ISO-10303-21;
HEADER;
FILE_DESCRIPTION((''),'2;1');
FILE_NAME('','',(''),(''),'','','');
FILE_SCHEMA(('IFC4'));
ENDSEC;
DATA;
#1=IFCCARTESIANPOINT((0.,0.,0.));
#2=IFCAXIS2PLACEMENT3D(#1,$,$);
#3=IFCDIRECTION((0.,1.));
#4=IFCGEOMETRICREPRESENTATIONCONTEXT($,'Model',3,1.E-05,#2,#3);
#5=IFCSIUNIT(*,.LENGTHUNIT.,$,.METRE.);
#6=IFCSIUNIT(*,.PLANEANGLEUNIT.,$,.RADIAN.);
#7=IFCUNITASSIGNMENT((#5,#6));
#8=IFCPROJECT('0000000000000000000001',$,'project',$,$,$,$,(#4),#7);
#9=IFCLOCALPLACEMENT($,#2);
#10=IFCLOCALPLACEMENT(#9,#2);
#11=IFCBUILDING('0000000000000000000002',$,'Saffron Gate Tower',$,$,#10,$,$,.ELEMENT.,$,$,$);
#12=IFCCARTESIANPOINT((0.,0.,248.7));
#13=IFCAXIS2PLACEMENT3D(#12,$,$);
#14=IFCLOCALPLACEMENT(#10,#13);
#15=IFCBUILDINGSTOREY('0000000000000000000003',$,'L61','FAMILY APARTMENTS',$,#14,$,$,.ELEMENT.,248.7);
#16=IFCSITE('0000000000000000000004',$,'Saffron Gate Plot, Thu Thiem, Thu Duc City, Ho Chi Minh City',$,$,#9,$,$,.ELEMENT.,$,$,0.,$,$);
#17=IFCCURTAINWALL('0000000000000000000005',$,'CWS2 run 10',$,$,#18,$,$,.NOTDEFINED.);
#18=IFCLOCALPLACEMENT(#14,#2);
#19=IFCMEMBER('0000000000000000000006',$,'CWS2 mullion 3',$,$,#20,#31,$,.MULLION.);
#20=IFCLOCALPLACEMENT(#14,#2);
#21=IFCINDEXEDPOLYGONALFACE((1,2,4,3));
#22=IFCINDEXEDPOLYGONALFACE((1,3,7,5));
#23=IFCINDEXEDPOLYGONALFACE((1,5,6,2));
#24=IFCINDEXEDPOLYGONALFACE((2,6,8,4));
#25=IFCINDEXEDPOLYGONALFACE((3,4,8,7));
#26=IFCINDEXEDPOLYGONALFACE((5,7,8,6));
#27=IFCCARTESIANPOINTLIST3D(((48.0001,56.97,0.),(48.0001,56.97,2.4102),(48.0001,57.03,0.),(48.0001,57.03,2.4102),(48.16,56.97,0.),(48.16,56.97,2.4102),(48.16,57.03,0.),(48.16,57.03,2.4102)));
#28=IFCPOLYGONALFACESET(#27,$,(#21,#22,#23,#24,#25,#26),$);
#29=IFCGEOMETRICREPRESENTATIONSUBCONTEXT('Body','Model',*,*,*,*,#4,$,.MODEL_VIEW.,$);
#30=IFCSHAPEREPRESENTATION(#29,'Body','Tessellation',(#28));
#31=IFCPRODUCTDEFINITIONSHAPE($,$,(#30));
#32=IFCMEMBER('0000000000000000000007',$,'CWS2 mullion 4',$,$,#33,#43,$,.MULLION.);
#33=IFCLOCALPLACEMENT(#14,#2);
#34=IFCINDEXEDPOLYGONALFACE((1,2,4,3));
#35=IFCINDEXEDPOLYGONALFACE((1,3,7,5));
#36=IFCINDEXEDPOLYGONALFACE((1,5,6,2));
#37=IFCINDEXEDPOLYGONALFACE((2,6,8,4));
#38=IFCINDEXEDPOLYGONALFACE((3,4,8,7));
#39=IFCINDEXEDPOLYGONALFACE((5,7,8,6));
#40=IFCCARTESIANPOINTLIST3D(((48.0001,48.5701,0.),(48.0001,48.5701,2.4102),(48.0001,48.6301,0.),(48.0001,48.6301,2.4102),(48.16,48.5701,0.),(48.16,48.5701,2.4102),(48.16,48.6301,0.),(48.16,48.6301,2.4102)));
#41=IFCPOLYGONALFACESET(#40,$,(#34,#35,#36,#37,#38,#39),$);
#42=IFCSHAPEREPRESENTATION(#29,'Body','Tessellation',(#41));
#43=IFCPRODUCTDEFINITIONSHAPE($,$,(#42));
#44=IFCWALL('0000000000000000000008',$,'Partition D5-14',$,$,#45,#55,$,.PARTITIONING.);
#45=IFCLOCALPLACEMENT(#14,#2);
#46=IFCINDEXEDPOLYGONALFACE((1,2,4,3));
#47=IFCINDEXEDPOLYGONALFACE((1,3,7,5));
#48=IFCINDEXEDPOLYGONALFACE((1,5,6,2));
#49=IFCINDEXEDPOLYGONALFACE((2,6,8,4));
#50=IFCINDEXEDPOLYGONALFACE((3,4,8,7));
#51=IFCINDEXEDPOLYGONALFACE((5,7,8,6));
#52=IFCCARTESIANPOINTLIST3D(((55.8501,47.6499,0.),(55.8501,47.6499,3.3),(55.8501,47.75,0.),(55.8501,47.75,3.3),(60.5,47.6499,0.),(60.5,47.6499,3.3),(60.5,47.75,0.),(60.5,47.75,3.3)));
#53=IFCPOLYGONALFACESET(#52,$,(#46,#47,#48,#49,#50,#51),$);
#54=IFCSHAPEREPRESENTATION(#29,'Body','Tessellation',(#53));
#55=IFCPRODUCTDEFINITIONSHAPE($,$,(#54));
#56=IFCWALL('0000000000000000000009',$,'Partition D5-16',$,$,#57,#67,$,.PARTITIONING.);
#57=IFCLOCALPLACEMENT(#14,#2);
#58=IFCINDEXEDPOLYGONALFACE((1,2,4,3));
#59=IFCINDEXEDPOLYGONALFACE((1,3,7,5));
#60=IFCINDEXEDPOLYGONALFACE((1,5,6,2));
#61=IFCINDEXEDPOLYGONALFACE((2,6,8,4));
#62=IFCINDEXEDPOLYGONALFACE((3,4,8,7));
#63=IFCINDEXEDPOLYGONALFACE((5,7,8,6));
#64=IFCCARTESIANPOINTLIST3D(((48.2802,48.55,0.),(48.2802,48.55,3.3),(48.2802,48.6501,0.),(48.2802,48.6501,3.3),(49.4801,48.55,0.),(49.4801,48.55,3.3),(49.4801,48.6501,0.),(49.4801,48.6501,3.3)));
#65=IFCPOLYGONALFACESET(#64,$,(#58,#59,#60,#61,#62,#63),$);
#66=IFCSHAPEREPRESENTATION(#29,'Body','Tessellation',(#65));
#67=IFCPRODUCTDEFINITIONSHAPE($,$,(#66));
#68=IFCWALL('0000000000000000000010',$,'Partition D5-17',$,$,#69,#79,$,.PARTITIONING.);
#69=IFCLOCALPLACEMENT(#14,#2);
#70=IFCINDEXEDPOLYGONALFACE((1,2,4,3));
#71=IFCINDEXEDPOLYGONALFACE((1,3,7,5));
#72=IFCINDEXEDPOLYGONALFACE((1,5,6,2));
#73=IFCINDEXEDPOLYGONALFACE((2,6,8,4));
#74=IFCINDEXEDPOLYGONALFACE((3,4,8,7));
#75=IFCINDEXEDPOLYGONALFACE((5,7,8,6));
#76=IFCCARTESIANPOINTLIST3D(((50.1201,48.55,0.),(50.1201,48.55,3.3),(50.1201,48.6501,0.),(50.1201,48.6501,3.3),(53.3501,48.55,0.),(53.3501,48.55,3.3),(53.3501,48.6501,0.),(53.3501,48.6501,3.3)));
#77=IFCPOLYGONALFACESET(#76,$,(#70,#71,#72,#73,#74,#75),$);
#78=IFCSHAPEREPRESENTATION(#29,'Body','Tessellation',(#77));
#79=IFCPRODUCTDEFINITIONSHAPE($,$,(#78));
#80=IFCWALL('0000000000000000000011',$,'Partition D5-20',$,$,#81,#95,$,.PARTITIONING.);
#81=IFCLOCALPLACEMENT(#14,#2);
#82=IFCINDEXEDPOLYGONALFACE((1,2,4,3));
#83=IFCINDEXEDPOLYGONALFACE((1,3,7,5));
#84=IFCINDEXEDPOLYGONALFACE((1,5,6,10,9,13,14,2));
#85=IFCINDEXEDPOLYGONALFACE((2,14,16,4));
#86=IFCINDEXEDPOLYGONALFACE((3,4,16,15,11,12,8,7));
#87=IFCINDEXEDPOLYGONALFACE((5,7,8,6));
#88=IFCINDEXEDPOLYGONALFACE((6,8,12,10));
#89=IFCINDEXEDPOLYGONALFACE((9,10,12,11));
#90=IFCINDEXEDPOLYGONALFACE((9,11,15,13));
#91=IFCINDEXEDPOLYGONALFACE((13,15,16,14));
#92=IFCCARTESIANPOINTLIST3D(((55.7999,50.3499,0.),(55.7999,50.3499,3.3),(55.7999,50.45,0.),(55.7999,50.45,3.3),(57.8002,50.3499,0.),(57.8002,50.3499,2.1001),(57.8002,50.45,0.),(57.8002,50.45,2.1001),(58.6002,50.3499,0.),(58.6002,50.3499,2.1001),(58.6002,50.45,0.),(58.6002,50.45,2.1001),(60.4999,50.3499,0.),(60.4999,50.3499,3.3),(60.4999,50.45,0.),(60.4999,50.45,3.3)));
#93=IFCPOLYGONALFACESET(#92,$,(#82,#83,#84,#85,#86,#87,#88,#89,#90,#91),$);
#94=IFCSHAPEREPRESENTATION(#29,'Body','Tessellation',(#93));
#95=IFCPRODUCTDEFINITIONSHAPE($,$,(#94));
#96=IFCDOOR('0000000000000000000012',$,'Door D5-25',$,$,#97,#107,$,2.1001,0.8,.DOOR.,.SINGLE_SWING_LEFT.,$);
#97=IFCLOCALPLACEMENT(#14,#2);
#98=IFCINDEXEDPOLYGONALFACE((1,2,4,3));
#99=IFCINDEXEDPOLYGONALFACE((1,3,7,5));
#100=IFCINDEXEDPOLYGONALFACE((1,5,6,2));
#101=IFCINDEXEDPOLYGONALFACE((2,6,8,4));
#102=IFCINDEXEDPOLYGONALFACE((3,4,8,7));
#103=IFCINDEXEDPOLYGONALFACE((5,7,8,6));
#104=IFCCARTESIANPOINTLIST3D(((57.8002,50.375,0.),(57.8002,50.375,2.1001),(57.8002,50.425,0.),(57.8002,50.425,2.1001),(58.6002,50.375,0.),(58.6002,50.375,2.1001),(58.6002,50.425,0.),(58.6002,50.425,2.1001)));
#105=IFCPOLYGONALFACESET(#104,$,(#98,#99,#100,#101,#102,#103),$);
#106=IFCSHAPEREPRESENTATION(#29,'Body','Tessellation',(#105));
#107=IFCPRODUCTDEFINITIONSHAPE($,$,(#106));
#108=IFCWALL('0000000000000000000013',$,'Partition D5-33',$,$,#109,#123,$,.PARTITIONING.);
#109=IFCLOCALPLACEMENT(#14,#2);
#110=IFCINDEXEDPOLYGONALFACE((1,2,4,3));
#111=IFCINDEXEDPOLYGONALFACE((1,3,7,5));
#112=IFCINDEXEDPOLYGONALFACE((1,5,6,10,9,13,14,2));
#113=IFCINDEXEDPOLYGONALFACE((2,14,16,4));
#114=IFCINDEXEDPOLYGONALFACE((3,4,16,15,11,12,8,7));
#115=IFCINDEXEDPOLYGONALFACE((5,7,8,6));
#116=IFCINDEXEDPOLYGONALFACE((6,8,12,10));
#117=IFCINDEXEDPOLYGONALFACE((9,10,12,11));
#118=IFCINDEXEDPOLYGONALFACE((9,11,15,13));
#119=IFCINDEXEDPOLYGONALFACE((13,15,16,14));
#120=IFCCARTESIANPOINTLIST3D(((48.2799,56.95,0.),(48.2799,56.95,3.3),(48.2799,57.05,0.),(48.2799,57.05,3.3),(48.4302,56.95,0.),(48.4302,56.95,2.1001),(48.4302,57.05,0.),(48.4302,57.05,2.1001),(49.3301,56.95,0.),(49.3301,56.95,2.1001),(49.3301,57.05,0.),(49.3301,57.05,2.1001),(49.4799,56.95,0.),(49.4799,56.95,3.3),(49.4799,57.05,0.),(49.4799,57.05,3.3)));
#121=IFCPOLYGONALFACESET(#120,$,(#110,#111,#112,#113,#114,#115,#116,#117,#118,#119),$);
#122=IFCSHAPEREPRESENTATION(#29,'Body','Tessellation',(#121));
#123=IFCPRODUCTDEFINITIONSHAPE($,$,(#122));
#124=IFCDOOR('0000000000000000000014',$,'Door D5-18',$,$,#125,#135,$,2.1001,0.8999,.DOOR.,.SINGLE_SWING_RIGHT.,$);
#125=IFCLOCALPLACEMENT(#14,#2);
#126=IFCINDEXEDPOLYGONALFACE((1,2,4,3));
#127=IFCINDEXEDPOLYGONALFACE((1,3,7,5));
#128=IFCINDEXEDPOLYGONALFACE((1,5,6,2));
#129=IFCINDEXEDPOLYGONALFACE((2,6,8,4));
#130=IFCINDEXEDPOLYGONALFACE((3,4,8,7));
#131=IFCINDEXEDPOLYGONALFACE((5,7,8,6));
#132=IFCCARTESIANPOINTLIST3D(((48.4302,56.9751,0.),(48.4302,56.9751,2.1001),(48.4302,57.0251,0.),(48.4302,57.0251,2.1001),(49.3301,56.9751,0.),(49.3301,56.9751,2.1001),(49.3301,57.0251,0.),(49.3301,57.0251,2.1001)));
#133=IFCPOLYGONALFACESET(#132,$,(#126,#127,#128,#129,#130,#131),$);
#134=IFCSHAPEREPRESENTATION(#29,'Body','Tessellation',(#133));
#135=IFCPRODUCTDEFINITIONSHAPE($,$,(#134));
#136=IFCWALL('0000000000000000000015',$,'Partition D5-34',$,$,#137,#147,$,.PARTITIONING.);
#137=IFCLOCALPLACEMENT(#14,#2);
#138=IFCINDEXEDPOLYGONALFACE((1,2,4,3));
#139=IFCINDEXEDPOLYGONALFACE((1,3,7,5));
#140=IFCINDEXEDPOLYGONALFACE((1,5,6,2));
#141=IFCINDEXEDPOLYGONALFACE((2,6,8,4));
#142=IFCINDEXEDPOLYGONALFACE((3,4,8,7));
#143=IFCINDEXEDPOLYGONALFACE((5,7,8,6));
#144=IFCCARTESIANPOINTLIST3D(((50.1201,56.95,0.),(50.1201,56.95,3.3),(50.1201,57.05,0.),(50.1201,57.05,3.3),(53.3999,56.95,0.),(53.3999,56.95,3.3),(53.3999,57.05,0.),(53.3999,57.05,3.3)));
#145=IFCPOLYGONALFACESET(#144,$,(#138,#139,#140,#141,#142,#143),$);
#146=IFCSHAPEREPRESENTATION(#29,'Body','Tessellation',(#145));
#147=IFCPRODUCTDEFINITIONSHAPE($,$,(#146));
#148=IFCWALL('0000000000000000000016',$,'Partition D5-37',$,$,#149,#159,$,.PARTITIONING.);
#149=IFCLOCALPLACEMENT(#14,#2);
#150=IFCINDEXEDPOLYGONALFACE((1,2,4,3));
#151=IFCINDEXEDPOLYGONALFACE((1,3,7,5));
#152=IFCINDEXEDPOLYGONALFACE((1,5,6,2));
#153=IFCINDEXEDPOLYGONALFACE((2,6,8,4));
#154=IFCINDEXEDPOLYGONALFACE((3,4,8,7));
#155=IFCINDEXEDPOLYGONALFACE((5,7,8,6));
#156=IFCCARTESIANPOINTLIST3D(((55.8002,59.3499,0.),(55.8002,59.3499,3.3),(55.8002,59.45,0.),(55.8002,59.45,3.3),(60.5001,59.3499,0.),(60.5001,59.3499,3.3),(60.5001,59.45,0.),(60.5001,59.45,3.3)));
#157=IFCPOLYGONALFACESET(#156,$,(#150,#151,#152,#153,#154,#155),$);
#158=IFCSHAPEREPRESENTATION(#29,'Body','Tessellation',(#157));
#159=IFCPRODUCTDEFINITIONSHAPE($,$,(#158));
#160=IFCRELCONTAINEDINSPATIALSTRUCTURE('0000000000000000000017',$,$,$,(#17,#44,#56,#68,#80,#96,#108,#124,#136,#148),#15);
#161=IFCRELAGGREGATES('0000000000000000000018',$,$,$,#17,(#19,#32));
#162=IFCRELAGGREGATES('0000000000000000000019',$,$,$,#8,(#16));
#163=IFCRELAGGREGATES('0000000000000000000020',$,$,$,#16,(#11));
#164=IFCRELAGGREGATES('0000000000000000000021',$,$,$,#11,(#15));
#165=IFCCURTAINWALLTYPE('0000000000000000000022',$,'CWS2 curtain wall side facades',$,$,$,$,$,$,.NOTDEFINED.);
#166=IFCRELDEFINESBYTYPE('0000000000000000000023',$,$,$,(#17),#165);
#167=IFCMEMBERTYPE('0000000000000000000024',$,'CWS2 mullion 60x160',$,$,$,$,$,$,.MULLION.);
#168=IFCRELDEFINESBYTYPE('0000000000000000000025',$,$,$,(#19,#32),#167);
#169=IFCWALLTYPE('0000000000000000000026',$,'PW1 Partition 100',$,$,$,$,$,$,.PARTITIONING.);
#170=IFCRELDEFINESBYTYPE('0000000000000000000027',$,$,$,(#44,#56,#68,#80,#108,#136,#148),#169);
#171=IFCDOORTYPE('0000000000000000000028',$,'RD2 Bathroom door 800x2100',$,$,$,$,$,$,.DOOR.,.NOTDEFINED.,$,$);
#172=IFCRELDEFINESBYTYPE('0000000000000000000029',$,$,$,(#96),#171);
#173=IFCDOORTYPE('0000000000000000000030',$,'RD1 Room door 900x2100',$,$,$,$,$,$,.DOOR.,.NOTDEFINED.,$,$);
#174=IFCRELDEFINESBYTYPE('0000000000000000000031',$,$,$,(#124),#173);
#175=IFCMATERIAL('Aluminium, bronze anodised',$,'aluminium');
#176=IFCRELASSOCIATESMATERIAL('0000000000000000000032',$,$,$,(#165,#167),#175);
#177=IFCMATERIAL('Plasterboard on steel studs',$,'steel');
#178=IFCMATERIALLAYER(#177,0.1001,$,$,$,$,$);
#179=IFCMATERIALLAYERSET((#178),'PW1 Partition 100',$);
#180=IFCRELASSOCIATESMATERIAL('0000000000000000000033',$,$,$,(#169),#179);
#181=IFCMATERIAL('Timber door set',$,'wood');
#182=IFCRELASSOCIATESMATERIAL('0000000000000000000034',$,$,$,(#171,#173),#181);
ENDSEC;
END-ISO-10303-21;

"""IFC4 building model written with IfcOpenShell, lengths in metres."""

from ifc_helpers import new_model, si_unit, direction, frame, frame_2d, origin, origin_2d, place, context, subcontext, project, spatial, rectangle, extrude, material, layer, layer_set, material_profile, profile_set, type_object, element, fill, aggregate, save


model = new_model("IFC4")

# Units and contexts
model_context = context("Model", 3, precision=1e-05, world=origin(), true_north=direction((0.0, 1.0)))
body_context = subcontext(model_context, "Body", "Model", "MODEL_VIEW")
ifc_project = project(units=[si_unit("LENGTHUNIT", "METRE"), si_unit("PLANEANGLEUNIT", "RADIAN")], contexts=[model_context])

# Site, building, storey
site_placement = place(None, origin())
site = spatial("IfcSite", under=ifc_project, at=site_placement, Name="Saffron Gate Plot, Thu Thiem, Thu Duc City, Ho Chi Minh City", CompositionType="ELEMENT", RefElevation=0.0)
building_placement = place(site_placement, origin())
building = spatial("IfcBuilding", under=site, at=building_placement, Name="Saffron Gate Tower", CompositionType="ELEMENT")
storey_placement = place(building_placement, frame((0.0, 0.0, 248.7)))
storey = spatial("IfcBuildingStorey", under=building, at=storey_placement, Name="L61", Description="FAMILY APARTMENTS", CompositionType="ELEMENT", Elevation=248.7)

# Curtain wall, members
ifc_material_1 = material(Name="Aluminium, bronze anodised", Category="aluminium")
curtain_wall_type = type_object("IfcCurtainWallType", Name="CWS2 curtain wall side facades", PredefinedType="NOTDEFINED", material=ifc_material_1)
curtain_wall_placement = place(storey_placement, origin())
curtain_wall = element("IfcCurtainWall", 1, at=curtain_wall_placement, inside=storey, type_object=curtain_wall_type, Name="CWS2 run 10", PredefinedType="NOTDEFINED")
ifc_material_profile_1 = material_profile(ifc_material_1, rectangle(XDim=0.1599, YDim=0.0601, at=origin_2d()))
ifc_profile_set_1 = profile_set([ifc_material_profile_1], Name="Aluminium, bronze anodised")
member_type = type_object("IfcMemberType", Name="CWS2 mullion 60x160", PredefinedType="MULLION", material=ifc_profile_set_1)
member_1_placement = place(storey_placement, frame((48.0801, 57.0, 0.0), z_axis=(0.0, 0.0, 1.0), x_axis=(1.0, 0.0, 0.0)))
member_1 = element("IfcMember", 2, at=member_1_placement, type_object=member_type, Name="CWS2 mullion 3", PredefinedType="MULLION", context=body_context, shape_type="SweptSolid", body=[
    extrude(rectangle(XDim=0.1599, YDim=0.0601, at=origin_2d()), origin(), (0.0, 0.0, 1.0), 2.4102),
])
member_2_placement = place(storey_placement, frame((48.0801, 48.6001, 0.0), z_axis=(0.0, 0.0, 1.0), x_axis=(1.0, 0.0, 0.0)))
member_2 = element("IfcMember", 3, at=member_2_placement, type_object=member_type, Name="CWS2 mullion 4", PredefinedType="MULLION", context=body_context, shape_type="SweptSolid", body=[
    extrude(rectangle(XDim=0.1599, YDim=0.0601, at=origin_2d()), origin(), (0.0, 0.0, 1.0), 2.4102),
])
aggregate(curtain_wall, [member_1, member_2])

# Walls
ifc_material_2 = material(Name="Plasterboard on steel studs", Category="steel")
ifc_layer_1 = layer(ifc_material_2, 0.1001)
ifc_layer_set_1 = layer_set([ifc_layer_1], Name="PW1 Partition 100")
wall_type_1 = type_object("IfcWallType", Name="PW1 Partition 100", PredefinedType="PARTITIONING", material=ifc_layer_set_1)
wall_1_placement = place(storey_placement, frame((55.8501, 47.7, 0.0), z_axis=(0.0, 0.0, 1.0), x_axis=(1.0, 0.0, 0.0)))
element("IfcWall", 4, at=wall_1_placement, inside=storey, type_object=wall_type_1, Name="Partition D5-14", PredefinedType="PARTITIONING", context=body_context, shape_type="SweptSolid", body=[
    extrude(rectangle(XDim=4.6499, YDim=0.1001, at=frame_2d((2.325, 0.0))), origin(), (0.0, 0.0, 1.0), 3.3),
])
wall_2_placement = place(storey_placement, frame((48.28, 48.6001, 0.0), z_axis=(0.0, 0.0, 1.0), x_axis=(1.0, 0.0, 0.0)))
element("IfcWall", 5, at=wall_2_placement, inside=storey, type_object=wall_type_1, Name="Partition D5-16", PredefinedType="PARTITIONING", context=body_context, shape_type="SweptSolid", body=[
    extrude(rectangle(XDim=1.2, YDim=0.1001, at=frame_2d((0.6001, 0.0))), origin(), (0.0, 0.0, 1.0), 3.3),
])
wall_3_placement = place(storey_placement, frame((50.1201, 48.6001, 0.0), z_axis=(0.0, 0.0, 1.0), x_axis=(1.0, 0.0, 0.0)))
element("IfcWall", 6, at=wall_3_placement, inside=storey, type_object=wall_type_1, Name="Partition D5-17", PredefinedType="PARTITIONING", context=body_context, shape_type="SweptSolid", body=[
    extrude(rectangle(XDim=3.23, YDim=0.1001, at=frame_2d((1.615, 0.0))), origin(), (0.0, 0.0, 1.0), 3.3),
])

# Walls, openings, doors
wall_4_placement = place(storey_placement, frame((60.5, 50.3999, 0.0), z_axis=(0.0, 0.0, 1.0), x_axis=(-1.0, 0.0, 0.0)))
wall_4 = element("IfcWall", 7, at=wall_4_placement, inside=storey, type_object=wall_type_1, Name="Partition D5-20", PredefinedType="PARTITIONING", context=body_context, shape_type="SweptSolid", body=[
    extrude(rectangle(XDim=4.7, YDim=0.1001, at=frame_2d((2.3501, 0.0))), origin(), (0.0, 0.0, 1.0), 3.3),
])
opening_1_placement = place(wall_4_placement, frame((1.8999, 0.0, 0.0)))
opening_1 = element("IfcOpeningElement", 8, at=opening_1_placement, cuts=wall_4, PredefinedType="OPENING", context=body_context, shape_type="SweptSolid", body=[
    extrude(rectangle(XDim=0.8, YDim=2.1001, at=frame_2d((0.3999, 1.05))), frame((0.0, 0.0601, 0.0), z_axis=(0.0, -1.0, 0.0), x_axis=(1.0, 0.0, 0.0)), (0.0, 0.0, 1.0), 0.1201),
])
ifc_material_3 = material(Name="Timber door set", Category="wood")
door_type_1 = type_object("IfcDoorType", Name="RD2 Bathroom door 800x2100", OperationType="NOTDEFINED", PredefinedType="DOOR", material=ifc_material_3)
door_1_placement = place(opening_1_placement, origin())
door_1 = element("IfcDoor", 9, at=door_1_placement, inside=storey, type_object=door_type_1, Name="Door D5-25", OperationType="SINGLE_SWING_LEFT", OverallHeight=2.1001, OverallWidth=0.8, PredefinedType="DOOR", context=body_context, shape_type="SweptSolid", body=[
    extrude(rectangle(XDim=0.8, YDim=2.1001, at=frame_2d((0.3999, 1.05))), frame((0.0, 0.0249, 0.0), z_axis=(0.0, -1.0, 0.0), x_axis=(1.0, 0.0, 0.0)), (0.0, 0.0, 1.0), 0.05),
])
fill(opening_1, door_1)
wall_5_placement = place(storey_placement, frame((49.48, 57.0, 0.0), z_axis=(0.0, 0.0, 1.0), x_axis=(-1.0, 0.0, 0.0)))
wall_5 = element("IfcWall", 10, at=wall_5_placement, inside=storey, type_object=wall_type_1, Name="Partition D5-33", PredefinedType="PARTITIONING", context=body_context, shape_type="SweptSolid", body=[
    extrude(rectangle(XDim=1.2, YDim=0.1001, at=frame_2d((0.6001, 0.0))), origin(), (0.0, 0.0, 1.0), 3.3),
])
opening_2_placement = place(wall_5_placement, frame((0.1499, 0.0, 0.0)))
opening_2 = element("IfcOpeningElement", 11, at=opening_2_placement, cuts=wall_5, PredefinedType="OPENING", context=body_context, shape_type="SweptSolid", body=[
    extrude(rectangle(XDim=0.8999, YDim=2.1001, at=frame_2d((0.45, 1.05))), frame((0.0, 0.0601, 0.0), z_axis=(0.0, -1.0, 0.0), x_axis=(1.0, 0.0, 0.0)), (0.0, 0.0, 1.0), 0.1201),
])
door_type_2 = type_object("IfcDoorType", Name="RD1 Room door 900x2100", OperationType="NOTDEFINED", PredefinedType="DOOR", material=ifc_material_3)
door_2_placement = place(opening_2_placement, origin())
door_2 = element("IfcDoor", 12, at=door_2_placement, inside=storey, type_object=door_type_2, Name="Door D5-18", OperationType="SINGLE_SWING_RIGHT", OverallHeight=2.1001, OverallWidth=0.8999, PredefinedType="DOOR", context=body_context, shape_type="SweptSolid", body=[
    extrude(rectangle(XDim=0.8999, YDim=2.1001, at=frame_2d((0.45, 1.05))), frame((0.0, 0.0249, 0.0), z_axis=(0.0, -1.0, 0.0), x_axis=(1.0, 0.0, 0.0)), (0.0, 0.0, 1.0), 0.05),
])
fill(opening_2, door_2)

# Walls
wall_6_placement = place(storey_placement, frame((50.1201, 57.0, 0.0), z_axis=(0.0, 0.0, 1.0), x_axis=(1.0, 0.0, 0.0)))
element("IfcWall", 13, at=wall_6_placement, inside=storey, type_object=wall_type_1, Name="Partition D5-34", PredefinedType="PARTITIONING", context=body_context, shape_type="SweptSolid", body=[
    extrude(rectangle(XDim=3.2798, YDim=0.1001, at=frame_2d((1.6399, 0.0))), origin(), (0.0, 0.0, 1.0), 3.3),
])
wall_7_placement = place(storey_placement, frame((55.8, 59.3999, 0.0), z_axis=(0.0, 0.0, 1.0), x_axis=(1.0, 0.0, 0.0)))
element("IfcWall", 14, at=wall_7_placement, inside=storey, type_object=wall_type_1, Name="Partition D5-37", PredefinedType="PARTITIONING", context=body_context, shape_type="SweptSolid", body=[
    extrude(rectangle(XDim=4.7, YDim=0.1001, at=frame_2d((2.3501, 0.0))), origin(), (0.0, 0.0, 1.0), 3.3),
])

save(model, "model.ifc")
